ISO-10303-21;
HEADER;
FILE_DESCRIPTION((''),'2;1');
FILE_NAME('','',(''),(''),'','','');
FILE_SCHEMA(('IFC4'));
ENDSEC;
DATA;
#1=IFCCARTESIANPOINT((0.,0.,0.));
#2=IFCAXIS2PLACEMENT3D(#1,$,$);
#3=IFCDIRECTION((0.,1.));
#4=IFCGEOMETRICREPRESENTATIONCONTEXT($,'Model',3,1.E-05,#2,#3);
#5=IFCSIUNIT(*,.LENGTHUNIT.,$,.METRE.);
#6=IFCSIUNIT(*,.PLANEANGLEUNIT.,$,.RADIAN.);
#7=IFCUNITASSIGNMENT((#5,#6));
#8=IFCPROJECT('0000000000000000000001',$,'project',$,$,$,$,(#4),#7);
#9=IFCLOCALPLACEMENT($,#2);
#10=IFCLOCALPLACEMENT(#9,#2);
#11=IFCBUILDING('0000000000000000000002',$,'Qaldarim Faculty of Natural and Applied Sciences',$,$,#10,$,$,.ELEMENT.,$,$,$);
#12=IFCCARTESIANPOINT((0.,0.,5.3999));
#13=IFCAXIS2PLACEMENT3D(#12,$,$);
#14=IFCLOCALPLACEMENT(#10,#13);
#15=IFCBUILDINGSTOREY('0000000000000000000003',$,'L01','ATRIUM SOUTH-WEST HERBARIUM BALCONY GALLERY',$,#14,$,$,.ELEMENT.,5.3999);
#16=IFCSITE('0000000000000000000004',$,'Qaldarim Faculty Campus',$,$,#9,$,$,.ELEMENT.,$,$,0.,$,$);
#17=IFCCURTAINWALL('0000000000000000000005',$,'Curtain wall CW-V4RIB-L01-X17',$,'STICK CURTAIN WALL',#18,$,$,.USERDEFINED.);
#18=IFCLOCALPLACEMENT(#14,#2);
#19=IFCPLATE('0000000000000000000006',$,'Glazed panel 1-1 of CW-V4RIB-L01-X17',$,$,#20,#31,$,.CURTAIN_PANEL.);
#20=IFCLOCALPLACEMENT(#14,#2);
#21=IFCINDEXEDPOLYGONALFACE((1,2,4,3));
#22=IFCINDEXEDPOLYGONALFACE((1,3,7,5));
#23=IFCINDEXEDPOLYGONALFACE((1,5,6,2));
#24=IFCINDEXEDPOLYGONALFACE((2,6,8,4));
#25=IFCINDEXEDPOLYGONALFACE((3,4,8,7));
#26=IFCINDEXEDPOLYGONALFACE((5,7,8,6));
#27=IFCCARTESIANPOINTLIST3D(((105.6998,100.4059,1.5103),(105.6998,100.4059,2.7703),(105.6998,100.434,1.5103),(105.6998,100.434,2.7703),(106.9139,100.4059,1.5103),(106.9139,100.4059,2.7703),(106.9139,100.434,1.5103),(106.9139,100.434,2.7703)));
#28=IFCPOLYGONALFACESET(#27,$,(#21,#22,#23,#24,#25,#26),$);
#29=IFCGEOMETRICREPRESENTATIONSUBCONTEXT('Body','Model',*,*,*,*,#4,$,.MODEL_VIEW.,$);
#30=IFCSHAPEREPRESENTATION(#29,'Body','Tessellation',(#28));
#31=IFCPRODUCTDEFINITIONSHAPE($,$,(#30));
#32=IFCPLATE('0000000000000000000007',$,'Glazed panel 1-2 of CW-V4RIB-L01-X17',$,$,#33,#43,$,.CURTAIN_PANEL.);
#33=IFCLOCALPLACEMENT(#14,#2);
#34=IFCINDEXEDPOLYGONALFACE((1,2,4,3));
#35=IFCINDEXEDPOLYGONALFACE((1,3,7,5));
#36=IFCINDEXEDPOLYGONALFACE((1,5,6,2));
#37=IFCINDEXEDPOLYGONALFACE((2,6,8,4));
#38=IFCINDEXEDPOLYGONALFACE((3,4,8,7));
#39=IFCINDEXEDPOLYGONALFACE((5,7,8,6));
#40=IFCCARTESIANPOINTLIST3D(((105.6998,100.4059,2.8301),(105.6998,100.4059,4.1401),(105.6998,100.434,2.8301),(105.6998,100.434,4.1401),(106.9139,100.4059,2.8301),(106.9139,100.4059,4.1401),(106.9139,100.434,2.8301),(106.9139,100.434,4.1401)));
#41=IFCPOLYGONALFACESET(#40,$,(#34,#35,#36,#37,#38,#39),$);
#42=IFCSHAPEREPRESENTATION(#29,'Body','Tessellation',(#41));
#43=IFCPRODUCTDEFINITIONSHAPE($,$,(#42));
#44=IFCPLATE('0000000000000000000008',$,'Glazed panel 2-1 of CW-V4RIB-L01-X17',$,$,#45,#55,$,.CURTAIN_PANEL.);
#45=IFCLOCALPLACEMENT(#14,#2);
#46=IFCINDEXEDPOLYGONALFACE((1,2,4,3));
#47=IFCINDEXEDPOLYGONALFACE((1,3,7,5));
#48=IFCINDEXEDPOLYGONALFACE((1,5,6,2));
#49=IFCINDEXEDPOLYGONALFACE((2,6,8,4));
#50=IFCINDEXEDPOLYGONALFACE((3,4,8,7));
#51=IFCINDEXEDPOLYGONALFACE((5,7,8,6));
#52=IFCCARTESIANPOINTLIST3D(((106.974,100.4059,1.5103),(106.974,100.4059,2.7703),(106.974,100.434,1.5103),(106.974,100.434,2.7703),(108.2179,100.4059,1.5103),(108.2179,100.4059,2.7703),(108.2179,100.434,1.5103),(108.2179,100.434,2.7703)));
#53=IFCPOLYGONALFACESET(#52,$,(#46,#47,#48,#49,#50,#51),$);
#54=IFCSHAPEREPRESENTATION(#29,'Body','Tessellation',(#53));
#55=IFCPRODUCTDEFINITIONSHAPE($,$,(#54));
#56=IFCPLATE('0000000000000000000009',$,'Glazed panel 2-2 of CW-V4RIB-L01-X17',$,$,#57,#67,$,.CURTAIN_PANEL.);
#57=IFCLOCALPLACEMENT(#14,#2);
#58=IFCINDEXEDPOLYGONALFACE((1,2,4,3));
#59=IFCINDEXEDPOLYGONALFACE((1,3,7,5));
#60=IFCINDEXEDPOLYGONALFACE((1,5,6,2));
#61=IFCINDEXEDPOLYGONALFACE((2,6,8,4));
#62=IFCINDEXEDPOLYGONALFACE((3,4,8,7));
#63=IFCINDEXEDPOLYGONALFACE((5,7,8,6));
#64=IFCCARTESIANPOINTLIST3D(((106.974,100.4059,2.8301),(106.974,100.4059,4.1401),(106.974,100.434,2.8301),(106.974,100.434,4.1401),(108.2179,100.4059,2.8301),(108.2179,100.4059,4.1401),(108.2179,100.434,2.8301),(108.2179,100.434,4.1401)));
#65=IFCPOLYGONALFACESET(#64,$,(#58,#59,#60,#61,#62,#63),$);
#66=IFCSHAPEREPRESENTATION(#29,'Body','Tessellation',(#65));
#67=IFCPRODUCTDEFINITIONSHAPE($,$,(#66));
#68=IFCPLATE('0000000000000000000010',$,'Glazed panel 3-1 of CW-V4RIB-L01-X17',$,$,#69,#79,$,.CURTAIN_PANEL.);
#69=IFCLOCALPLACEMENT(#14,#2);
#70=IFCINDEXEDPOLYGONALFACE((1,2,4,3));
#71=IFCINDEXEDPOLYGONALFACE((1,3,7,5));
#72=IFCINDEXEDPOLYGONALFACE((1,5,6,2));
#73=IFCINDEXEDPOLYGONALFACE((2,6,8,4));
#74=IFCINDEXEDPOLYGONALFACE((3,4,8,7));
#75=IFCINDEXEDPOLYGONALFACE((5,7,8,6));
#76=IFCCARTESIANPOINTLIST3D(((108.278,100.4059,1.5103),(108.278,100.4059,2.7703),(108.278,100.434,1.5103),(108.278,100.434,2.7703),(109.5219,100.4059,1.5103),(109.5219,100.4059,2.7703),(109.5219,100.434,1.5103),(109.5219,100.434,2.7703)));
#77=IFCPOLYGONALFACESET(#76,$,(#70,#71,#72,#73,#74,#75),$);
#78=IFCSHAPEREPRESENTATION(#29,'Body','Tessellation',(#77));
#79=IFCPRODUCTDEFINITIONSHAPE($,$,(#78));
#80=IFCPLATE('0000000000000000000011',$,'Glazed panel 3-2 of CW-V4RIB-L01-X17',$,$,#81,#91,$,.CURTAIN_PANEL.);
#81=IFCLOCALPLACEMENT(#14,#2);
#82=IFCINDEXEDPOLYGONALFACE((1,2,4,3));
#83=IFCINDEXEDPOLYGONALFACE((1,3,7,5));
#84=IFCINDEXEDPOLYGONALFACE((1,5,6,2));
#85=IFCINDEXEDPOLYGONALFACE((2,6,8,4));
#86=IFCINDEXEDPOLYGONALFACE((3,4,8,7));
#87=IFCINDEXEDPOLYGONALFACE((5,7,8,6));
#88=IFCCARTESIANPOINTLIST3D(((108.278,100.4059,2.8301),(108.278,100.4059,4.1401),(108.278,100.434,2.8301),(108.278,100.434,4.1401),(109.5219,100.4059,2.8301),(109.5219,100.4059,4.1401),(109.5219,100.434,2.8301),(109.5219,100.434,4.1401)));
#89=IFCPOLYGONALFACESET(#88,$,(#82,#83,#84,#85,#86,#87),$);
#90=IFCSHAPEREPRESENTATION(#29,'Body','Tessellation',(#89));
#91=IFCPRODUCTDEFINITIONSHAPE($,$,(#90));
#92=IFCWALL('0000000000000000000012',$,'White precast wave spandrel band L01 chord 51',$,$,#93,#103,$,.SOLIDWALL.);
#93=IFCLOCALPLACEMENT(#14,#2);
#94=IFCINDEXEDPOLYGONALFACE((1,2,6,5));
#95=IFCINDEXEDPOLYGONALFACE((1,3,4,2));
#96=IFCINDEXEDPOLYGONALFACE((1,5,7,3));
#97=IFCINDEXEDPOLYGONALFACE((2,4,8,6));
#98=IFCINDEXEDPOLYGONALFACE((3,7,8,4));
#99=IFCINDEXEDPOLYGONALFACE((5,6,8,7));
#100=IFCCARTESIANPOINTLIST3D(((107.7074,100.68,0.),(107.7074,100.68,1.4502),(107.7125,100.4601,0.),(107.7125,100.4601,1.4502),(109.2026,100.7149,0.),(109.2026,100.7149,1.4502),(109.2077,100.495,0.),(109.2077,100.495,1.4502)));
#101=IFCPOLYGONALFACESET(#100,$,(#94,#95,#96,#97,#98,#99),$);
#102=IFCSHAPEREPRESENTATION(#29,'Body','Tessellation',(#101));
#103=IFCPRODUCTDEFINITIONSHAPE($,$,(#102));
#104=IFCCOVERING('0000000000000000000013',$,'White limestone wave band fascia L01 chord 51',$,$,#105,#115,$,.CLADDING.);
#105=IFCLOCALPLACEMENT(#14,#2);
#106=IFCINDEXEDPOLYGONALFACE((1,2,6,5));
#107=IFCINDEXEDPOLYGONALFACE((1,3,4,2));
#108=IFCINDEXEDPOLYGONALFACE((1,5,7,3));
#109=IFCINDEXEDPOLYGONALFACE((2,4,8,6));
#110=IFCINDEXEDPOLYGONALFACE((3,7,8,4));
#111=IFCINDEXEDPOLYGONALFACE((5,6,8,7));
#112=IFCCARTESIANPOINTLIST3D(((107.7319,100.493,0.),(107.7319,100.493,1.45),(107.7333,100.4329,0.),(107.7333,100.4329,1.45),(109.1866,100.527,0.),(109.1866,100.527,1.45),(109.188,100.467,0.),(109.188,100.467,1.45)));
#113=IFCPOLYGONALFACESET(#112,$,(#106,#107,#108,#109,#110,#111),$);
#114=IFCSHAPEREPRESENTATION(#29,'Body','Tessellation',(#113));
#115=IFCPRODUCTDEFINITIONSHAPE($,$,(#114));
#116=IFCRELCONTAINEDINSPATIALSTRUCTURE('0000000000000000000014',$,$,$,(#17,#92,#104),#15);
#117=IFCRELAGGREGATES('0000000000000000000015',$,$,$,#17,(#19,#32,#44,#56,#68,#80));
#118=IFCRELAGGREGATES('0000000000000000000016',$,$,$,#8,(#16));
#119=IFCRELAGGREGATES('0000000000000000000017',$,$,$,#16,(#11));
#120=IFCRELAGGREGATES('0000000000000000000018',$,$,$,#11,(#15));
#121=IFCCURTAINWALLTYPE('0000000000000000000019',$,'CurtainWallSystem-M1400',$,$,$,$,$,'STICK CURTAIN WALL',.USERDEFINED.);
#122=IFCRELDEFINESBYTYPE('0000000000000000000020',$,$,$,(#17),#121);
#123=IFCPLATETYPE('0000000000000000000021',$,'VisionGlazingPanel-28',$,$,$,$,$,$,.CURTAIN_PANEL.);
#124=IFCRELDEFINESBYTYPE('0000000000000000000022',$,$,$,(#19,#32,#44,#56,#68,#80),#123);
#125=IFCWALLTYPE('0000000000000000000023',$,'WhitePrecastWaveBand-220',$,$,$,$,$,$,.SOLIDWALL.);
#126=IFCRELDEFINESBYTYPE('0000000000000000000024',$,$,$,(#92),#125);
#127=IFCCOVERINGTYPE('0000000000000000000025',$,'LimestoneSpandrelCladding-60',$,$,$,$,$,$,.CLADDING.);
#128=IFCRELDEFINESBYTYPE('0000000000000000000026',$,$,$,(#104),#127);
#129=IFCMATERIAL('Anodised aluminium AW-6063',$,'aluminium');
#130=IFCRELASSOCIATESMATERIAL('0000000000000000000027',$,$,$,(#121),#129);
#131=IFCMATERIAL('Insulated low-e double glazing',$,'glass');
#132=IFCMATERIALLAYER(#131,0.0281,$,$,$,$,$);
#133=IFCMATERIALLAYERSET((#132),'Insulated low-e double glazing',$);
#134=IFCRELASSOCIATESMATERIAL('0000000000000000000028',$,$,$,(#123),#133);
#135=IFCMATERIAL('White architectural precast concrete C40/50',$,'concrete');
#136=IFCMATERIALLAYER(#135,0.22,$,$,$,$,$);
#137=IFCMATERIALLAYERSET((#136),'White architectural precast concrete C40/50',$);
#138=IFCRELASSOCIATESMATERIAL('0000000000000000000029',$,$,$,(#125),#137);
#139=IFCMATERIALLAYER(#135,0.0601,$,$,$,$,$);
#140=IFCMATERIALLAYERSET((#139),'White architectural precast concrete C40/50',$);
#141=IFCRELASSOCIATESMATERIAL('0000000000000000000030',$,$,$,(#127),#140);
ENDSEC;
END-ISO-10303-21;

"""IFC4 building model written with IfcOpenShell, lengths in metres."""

from ifc_helpers import new_model, si_unit, direction, frame, frame_2d, origin, origin_2d, place, context, subcontext, project, spatial, rectangle, extrude, material, layer, layer_set, type_object, element, aggregate, save


model = new_model("IFC4")

# Units and contexts
model_context = context("Model", 3, precision=1e-05, world=origin(), true_north=direction((0.0, 1.0)))
body_context = subcontext(model_context, "Body", "Model", "MODEL_VIEW")
ifc_project = project(units=[si_unit("LENGTHUNIT", "METRE"), si_unit("PLANEANGLEUNIT", "RADIAN")], contexts=[model_context])

# Site, building, storey
site_placement = place(None, origin())
site = spatial("IfcSite", under=ifc_project, at=site_placement, Name="Qaldarim Faculty Campus", CompositionType="ELEMENT", RefElevation=0.0)
building_placement = place(site_placement, origin())
building = spatial("IfcBuilding", under=site, at=building_placement, Name="Qaldarim Faculty of Natural and Applied Sciences", CompositionType="ELEMENT")
storey_placement = place(building_placement, frame((0.0, 0.0, 5.3999)))
storey = spatial("IfcBuildingStorey", under=building, at=storey_placement, Name="L01", Description="ATRIUM SOUTH-WEST HERBARIUM BALCONY GALLERY", CompositionType="ELEMENT", Elevation=5.3999)

# Curtain wall
ifc_material_1 = material(Name="Anodised aluminium AW-6063", Category="aluminium")
curtain_wall_type = type_object("IfcCurtainWallType", Name="CurtainWallSystem-M1400", ElementType="STICK CURTAIN WALL", PredefinedType="USERDEFINED", material=ifc_material_1)
curtain_wall_placement = place(storey_placement, origin())
curtain_wall = element("IfcCurtainWall", 1, at=curtain_wall_placement, inside=storey, type_object=curtain_wall_type, Name="Curtain wall CW-V4RIB-L01-X17", ObjectType="STICK CURTAIN WALL", PredefinedType="USERDEFINED")

# Plates
ifc_material_2 = material(Name="Insulated low-e double glazing", Category="glass")
ifc_layer_1 = layer(ifc_material_2, 0.0281)
ifc_layer_set_1 = layer_set([ifc_layer_1], Name="Insulated low-e double glazing")
plate_type = type_object("IfcPlateType", Name="VisionGlazingPanel-28", PredefinedType="CURTAIN_PANEL", material=ifc_layer_set_1)
plate_1_placement = place(storey_placement, frame((106.3069, 100.4199, 1.5103), z_axis=(0.0, 0.0, 1.0), x_axis=(1.0, 0.0, 0.0)))
plate_1 = element("IfcPlate", 2, at=plate_1_placement, type_object=plate_type, Name="Glazed panel 1-1 of CW-V4RIB-L01-X17", PredefinedType="CURTAIN_PANEL", context=body_context, shape_type="SweptSolid", body=[
    extrude(rectangle(XDim=1.2141, YDim=0.0281, at=origin_2d()), origin(), (0.0, 0.0, 1.0), 1.26),
])
plate_2_placement = place(storey_placement, frame((106.3069, 100.4199, 2.8301), z_axis=(0.0, 0.0, 1.0), x_axis=(1.0, 0.0, 0.0)))
plate_2 = element("IfcPlate", 3, at=plate_2_placement, type_object=plate_type, Name="Glazed panel 1-2 of CW-V4RIB-L01-X17", PredefinedType="CURTAIN_PANEL", context=body_context, shape_type="SweptSolid", body=[
    extrude(rectangle(XDim=1.2141, YDim=0.0281, at=origin_2d()), origin(), (0.0, 0.0, 1.0), 1.3101),
])
plate_3_placement = place(storey_placement, frame((107.5959, 100.4199, 1.5103), z_axis=(0.0, 0.0, 1.0), x_axis=(1.0, 0.0, 0.0)))
plate_3 = element("IfcPlate", 4, at=plate_3_placement, type_object=plate_type, Name="Glazed panel 2-1 of CW-V4RIB-L01-X17", PredefinedType="CURTAIN_PANEL", context=body_context, shape_type="SweptSolid", body=[
    extrude(rectangle(XDim=1.2439, YDim=0.0281, at=origin_2d()), origin(), (0.0, 0.0, 1.0), 1.26),
])
plate_4_placement = place(storey_placement, frame((107.5959, 100.4199, 2.8301), z_axis=(0.0, 0.0, 1.0), x_axis=(1.0, 0.0, 0.0)))
plate_4 = element("IfcPlate", 5, at=plate_4_placement, type_object=plate_type, Name="Glazed panel 2-2 of CW-V4RIB-L01-X17", PredefinedType="CURTAIN_PANEL", context=body_context, shape_type="SweptSolid", body=[
    extrude(rectangle(XDim=1.2439, YDim=0.0281, at=origin_2d()), origin(), (0.0, 0.0, 1.0), 1.3101),
])
plate_5_placement = place(storey_placement, frame((108.8999, 100.4199, 1.5103), z_axis=(0.0, 0.0, 1.0), x_axis=(1.0, 0.0, 0.0)))
plate_5 = element("IfcPlate", 6, at=plate_5_placement, type_object=plate_type, Name="Glazed panel 3-1 of CW-V4RIB-L01-X17", PredefinedType="CURTAIN_PANEL", context=body_context, shape_type="SweptSolid", body=[
    extrude(rectangle(XDim=1.2439, YDim=0.0281, at=origin_2d()), origin(), (0.0, 0.0, 1.0), 1.26),
])
plate_6_placement = place(storey_placement, frame((108.8999, 100.4199, 2.8301), z_axis=(0.0, 0.0, 1.0), x_axis=(1.0, 0.0, 0.0)))
plate_6 = element("IfcPlate", 7, at=plate_6_placement, type_object=plate_type, Name="Glazed panel 3-2 of CW-V4RIB-L01-X17", PredefinedType="CURTAIN_PANEL", context=body_context, shape_type="SweptSolid", body=[
    extrude(rectangle(XDim=1.2439, YDim=0.0281, at=origin_2d()), origin(), (0.0, 0.0, 1.0), 1.3101),
])
aggregate(curtain_wall, [plate_1, plate_2, plate_3, plate_4, plate_5, plate_6])

# Wall
ifc_material_3 = material(Name="White architectural precast concrete C40/50", Category="concrete")
ifc_layer_2 = layer(ifc_material_3, 0.22)
ifc_layer_set_2 = layer_set([ifc_layer_2], Name="White architectural precast concrete C40/50")
wall_type = type_object("IfcWallType", Name="WhitePrecastWaveBand-220", PredefinedType="SOLIDWALL", material=ifc_layer_set_2)
wall_placement = place(storey_placement, frame((107.71, 100.5701, 0.0), z_axis=(0.0, 0.0, 1.0), x_axis=(0.999727, 0.023344, 0.0)))
element("IfcWall", 8, at=wall_placement, inside=storey, type_object=wall_type, Name="White precast wave spandrel band L01 chord 51", PredefinedType="SOLIDWALL", context=body_context, shape_type="SweptSolid", body=[
    extrude(rectangle(XDim=1.4956, YDim=0.22, at=frame_2d((0.7478, 0.0))), origin(), (0.0, 0.0, 1.0), 1.4502),
])

# Covering
ifc_layer_3 = layer(ifc_material_3, 0.0601)
ifc_layer_set_3 = layer_set([ifc_layer_3], Name="White architectural precast concrete C40/50")
covering_type = type_object("IfcCoveringType", Name="LimestoneSpandrelCladding-60", PredefinedType="CLADDING", material=ifc_layer_set_3)
covering_placement = place(storey_placement, frame((108.46, 100.48, 0.0), z_axis=(0.0, 0.0, 1.0), x_axis=(0.999726, 0.023403, 0.0)))
element("IfcCovering", 9, at=covering_placement, inside=storey, type_object=covering_type, Name="White limestone wave band fascia L01 chord 51", PredefinedType="CLADDING", context=body_context, shape_type="SweptSolid", body=[
    extrude(rectangle(XDim=1.4551, YDim=0.0601, at=origin_2d()), origin(), (0.0, 0.0, 1.0), 1.45),
])

save(model, "model.ifc")
